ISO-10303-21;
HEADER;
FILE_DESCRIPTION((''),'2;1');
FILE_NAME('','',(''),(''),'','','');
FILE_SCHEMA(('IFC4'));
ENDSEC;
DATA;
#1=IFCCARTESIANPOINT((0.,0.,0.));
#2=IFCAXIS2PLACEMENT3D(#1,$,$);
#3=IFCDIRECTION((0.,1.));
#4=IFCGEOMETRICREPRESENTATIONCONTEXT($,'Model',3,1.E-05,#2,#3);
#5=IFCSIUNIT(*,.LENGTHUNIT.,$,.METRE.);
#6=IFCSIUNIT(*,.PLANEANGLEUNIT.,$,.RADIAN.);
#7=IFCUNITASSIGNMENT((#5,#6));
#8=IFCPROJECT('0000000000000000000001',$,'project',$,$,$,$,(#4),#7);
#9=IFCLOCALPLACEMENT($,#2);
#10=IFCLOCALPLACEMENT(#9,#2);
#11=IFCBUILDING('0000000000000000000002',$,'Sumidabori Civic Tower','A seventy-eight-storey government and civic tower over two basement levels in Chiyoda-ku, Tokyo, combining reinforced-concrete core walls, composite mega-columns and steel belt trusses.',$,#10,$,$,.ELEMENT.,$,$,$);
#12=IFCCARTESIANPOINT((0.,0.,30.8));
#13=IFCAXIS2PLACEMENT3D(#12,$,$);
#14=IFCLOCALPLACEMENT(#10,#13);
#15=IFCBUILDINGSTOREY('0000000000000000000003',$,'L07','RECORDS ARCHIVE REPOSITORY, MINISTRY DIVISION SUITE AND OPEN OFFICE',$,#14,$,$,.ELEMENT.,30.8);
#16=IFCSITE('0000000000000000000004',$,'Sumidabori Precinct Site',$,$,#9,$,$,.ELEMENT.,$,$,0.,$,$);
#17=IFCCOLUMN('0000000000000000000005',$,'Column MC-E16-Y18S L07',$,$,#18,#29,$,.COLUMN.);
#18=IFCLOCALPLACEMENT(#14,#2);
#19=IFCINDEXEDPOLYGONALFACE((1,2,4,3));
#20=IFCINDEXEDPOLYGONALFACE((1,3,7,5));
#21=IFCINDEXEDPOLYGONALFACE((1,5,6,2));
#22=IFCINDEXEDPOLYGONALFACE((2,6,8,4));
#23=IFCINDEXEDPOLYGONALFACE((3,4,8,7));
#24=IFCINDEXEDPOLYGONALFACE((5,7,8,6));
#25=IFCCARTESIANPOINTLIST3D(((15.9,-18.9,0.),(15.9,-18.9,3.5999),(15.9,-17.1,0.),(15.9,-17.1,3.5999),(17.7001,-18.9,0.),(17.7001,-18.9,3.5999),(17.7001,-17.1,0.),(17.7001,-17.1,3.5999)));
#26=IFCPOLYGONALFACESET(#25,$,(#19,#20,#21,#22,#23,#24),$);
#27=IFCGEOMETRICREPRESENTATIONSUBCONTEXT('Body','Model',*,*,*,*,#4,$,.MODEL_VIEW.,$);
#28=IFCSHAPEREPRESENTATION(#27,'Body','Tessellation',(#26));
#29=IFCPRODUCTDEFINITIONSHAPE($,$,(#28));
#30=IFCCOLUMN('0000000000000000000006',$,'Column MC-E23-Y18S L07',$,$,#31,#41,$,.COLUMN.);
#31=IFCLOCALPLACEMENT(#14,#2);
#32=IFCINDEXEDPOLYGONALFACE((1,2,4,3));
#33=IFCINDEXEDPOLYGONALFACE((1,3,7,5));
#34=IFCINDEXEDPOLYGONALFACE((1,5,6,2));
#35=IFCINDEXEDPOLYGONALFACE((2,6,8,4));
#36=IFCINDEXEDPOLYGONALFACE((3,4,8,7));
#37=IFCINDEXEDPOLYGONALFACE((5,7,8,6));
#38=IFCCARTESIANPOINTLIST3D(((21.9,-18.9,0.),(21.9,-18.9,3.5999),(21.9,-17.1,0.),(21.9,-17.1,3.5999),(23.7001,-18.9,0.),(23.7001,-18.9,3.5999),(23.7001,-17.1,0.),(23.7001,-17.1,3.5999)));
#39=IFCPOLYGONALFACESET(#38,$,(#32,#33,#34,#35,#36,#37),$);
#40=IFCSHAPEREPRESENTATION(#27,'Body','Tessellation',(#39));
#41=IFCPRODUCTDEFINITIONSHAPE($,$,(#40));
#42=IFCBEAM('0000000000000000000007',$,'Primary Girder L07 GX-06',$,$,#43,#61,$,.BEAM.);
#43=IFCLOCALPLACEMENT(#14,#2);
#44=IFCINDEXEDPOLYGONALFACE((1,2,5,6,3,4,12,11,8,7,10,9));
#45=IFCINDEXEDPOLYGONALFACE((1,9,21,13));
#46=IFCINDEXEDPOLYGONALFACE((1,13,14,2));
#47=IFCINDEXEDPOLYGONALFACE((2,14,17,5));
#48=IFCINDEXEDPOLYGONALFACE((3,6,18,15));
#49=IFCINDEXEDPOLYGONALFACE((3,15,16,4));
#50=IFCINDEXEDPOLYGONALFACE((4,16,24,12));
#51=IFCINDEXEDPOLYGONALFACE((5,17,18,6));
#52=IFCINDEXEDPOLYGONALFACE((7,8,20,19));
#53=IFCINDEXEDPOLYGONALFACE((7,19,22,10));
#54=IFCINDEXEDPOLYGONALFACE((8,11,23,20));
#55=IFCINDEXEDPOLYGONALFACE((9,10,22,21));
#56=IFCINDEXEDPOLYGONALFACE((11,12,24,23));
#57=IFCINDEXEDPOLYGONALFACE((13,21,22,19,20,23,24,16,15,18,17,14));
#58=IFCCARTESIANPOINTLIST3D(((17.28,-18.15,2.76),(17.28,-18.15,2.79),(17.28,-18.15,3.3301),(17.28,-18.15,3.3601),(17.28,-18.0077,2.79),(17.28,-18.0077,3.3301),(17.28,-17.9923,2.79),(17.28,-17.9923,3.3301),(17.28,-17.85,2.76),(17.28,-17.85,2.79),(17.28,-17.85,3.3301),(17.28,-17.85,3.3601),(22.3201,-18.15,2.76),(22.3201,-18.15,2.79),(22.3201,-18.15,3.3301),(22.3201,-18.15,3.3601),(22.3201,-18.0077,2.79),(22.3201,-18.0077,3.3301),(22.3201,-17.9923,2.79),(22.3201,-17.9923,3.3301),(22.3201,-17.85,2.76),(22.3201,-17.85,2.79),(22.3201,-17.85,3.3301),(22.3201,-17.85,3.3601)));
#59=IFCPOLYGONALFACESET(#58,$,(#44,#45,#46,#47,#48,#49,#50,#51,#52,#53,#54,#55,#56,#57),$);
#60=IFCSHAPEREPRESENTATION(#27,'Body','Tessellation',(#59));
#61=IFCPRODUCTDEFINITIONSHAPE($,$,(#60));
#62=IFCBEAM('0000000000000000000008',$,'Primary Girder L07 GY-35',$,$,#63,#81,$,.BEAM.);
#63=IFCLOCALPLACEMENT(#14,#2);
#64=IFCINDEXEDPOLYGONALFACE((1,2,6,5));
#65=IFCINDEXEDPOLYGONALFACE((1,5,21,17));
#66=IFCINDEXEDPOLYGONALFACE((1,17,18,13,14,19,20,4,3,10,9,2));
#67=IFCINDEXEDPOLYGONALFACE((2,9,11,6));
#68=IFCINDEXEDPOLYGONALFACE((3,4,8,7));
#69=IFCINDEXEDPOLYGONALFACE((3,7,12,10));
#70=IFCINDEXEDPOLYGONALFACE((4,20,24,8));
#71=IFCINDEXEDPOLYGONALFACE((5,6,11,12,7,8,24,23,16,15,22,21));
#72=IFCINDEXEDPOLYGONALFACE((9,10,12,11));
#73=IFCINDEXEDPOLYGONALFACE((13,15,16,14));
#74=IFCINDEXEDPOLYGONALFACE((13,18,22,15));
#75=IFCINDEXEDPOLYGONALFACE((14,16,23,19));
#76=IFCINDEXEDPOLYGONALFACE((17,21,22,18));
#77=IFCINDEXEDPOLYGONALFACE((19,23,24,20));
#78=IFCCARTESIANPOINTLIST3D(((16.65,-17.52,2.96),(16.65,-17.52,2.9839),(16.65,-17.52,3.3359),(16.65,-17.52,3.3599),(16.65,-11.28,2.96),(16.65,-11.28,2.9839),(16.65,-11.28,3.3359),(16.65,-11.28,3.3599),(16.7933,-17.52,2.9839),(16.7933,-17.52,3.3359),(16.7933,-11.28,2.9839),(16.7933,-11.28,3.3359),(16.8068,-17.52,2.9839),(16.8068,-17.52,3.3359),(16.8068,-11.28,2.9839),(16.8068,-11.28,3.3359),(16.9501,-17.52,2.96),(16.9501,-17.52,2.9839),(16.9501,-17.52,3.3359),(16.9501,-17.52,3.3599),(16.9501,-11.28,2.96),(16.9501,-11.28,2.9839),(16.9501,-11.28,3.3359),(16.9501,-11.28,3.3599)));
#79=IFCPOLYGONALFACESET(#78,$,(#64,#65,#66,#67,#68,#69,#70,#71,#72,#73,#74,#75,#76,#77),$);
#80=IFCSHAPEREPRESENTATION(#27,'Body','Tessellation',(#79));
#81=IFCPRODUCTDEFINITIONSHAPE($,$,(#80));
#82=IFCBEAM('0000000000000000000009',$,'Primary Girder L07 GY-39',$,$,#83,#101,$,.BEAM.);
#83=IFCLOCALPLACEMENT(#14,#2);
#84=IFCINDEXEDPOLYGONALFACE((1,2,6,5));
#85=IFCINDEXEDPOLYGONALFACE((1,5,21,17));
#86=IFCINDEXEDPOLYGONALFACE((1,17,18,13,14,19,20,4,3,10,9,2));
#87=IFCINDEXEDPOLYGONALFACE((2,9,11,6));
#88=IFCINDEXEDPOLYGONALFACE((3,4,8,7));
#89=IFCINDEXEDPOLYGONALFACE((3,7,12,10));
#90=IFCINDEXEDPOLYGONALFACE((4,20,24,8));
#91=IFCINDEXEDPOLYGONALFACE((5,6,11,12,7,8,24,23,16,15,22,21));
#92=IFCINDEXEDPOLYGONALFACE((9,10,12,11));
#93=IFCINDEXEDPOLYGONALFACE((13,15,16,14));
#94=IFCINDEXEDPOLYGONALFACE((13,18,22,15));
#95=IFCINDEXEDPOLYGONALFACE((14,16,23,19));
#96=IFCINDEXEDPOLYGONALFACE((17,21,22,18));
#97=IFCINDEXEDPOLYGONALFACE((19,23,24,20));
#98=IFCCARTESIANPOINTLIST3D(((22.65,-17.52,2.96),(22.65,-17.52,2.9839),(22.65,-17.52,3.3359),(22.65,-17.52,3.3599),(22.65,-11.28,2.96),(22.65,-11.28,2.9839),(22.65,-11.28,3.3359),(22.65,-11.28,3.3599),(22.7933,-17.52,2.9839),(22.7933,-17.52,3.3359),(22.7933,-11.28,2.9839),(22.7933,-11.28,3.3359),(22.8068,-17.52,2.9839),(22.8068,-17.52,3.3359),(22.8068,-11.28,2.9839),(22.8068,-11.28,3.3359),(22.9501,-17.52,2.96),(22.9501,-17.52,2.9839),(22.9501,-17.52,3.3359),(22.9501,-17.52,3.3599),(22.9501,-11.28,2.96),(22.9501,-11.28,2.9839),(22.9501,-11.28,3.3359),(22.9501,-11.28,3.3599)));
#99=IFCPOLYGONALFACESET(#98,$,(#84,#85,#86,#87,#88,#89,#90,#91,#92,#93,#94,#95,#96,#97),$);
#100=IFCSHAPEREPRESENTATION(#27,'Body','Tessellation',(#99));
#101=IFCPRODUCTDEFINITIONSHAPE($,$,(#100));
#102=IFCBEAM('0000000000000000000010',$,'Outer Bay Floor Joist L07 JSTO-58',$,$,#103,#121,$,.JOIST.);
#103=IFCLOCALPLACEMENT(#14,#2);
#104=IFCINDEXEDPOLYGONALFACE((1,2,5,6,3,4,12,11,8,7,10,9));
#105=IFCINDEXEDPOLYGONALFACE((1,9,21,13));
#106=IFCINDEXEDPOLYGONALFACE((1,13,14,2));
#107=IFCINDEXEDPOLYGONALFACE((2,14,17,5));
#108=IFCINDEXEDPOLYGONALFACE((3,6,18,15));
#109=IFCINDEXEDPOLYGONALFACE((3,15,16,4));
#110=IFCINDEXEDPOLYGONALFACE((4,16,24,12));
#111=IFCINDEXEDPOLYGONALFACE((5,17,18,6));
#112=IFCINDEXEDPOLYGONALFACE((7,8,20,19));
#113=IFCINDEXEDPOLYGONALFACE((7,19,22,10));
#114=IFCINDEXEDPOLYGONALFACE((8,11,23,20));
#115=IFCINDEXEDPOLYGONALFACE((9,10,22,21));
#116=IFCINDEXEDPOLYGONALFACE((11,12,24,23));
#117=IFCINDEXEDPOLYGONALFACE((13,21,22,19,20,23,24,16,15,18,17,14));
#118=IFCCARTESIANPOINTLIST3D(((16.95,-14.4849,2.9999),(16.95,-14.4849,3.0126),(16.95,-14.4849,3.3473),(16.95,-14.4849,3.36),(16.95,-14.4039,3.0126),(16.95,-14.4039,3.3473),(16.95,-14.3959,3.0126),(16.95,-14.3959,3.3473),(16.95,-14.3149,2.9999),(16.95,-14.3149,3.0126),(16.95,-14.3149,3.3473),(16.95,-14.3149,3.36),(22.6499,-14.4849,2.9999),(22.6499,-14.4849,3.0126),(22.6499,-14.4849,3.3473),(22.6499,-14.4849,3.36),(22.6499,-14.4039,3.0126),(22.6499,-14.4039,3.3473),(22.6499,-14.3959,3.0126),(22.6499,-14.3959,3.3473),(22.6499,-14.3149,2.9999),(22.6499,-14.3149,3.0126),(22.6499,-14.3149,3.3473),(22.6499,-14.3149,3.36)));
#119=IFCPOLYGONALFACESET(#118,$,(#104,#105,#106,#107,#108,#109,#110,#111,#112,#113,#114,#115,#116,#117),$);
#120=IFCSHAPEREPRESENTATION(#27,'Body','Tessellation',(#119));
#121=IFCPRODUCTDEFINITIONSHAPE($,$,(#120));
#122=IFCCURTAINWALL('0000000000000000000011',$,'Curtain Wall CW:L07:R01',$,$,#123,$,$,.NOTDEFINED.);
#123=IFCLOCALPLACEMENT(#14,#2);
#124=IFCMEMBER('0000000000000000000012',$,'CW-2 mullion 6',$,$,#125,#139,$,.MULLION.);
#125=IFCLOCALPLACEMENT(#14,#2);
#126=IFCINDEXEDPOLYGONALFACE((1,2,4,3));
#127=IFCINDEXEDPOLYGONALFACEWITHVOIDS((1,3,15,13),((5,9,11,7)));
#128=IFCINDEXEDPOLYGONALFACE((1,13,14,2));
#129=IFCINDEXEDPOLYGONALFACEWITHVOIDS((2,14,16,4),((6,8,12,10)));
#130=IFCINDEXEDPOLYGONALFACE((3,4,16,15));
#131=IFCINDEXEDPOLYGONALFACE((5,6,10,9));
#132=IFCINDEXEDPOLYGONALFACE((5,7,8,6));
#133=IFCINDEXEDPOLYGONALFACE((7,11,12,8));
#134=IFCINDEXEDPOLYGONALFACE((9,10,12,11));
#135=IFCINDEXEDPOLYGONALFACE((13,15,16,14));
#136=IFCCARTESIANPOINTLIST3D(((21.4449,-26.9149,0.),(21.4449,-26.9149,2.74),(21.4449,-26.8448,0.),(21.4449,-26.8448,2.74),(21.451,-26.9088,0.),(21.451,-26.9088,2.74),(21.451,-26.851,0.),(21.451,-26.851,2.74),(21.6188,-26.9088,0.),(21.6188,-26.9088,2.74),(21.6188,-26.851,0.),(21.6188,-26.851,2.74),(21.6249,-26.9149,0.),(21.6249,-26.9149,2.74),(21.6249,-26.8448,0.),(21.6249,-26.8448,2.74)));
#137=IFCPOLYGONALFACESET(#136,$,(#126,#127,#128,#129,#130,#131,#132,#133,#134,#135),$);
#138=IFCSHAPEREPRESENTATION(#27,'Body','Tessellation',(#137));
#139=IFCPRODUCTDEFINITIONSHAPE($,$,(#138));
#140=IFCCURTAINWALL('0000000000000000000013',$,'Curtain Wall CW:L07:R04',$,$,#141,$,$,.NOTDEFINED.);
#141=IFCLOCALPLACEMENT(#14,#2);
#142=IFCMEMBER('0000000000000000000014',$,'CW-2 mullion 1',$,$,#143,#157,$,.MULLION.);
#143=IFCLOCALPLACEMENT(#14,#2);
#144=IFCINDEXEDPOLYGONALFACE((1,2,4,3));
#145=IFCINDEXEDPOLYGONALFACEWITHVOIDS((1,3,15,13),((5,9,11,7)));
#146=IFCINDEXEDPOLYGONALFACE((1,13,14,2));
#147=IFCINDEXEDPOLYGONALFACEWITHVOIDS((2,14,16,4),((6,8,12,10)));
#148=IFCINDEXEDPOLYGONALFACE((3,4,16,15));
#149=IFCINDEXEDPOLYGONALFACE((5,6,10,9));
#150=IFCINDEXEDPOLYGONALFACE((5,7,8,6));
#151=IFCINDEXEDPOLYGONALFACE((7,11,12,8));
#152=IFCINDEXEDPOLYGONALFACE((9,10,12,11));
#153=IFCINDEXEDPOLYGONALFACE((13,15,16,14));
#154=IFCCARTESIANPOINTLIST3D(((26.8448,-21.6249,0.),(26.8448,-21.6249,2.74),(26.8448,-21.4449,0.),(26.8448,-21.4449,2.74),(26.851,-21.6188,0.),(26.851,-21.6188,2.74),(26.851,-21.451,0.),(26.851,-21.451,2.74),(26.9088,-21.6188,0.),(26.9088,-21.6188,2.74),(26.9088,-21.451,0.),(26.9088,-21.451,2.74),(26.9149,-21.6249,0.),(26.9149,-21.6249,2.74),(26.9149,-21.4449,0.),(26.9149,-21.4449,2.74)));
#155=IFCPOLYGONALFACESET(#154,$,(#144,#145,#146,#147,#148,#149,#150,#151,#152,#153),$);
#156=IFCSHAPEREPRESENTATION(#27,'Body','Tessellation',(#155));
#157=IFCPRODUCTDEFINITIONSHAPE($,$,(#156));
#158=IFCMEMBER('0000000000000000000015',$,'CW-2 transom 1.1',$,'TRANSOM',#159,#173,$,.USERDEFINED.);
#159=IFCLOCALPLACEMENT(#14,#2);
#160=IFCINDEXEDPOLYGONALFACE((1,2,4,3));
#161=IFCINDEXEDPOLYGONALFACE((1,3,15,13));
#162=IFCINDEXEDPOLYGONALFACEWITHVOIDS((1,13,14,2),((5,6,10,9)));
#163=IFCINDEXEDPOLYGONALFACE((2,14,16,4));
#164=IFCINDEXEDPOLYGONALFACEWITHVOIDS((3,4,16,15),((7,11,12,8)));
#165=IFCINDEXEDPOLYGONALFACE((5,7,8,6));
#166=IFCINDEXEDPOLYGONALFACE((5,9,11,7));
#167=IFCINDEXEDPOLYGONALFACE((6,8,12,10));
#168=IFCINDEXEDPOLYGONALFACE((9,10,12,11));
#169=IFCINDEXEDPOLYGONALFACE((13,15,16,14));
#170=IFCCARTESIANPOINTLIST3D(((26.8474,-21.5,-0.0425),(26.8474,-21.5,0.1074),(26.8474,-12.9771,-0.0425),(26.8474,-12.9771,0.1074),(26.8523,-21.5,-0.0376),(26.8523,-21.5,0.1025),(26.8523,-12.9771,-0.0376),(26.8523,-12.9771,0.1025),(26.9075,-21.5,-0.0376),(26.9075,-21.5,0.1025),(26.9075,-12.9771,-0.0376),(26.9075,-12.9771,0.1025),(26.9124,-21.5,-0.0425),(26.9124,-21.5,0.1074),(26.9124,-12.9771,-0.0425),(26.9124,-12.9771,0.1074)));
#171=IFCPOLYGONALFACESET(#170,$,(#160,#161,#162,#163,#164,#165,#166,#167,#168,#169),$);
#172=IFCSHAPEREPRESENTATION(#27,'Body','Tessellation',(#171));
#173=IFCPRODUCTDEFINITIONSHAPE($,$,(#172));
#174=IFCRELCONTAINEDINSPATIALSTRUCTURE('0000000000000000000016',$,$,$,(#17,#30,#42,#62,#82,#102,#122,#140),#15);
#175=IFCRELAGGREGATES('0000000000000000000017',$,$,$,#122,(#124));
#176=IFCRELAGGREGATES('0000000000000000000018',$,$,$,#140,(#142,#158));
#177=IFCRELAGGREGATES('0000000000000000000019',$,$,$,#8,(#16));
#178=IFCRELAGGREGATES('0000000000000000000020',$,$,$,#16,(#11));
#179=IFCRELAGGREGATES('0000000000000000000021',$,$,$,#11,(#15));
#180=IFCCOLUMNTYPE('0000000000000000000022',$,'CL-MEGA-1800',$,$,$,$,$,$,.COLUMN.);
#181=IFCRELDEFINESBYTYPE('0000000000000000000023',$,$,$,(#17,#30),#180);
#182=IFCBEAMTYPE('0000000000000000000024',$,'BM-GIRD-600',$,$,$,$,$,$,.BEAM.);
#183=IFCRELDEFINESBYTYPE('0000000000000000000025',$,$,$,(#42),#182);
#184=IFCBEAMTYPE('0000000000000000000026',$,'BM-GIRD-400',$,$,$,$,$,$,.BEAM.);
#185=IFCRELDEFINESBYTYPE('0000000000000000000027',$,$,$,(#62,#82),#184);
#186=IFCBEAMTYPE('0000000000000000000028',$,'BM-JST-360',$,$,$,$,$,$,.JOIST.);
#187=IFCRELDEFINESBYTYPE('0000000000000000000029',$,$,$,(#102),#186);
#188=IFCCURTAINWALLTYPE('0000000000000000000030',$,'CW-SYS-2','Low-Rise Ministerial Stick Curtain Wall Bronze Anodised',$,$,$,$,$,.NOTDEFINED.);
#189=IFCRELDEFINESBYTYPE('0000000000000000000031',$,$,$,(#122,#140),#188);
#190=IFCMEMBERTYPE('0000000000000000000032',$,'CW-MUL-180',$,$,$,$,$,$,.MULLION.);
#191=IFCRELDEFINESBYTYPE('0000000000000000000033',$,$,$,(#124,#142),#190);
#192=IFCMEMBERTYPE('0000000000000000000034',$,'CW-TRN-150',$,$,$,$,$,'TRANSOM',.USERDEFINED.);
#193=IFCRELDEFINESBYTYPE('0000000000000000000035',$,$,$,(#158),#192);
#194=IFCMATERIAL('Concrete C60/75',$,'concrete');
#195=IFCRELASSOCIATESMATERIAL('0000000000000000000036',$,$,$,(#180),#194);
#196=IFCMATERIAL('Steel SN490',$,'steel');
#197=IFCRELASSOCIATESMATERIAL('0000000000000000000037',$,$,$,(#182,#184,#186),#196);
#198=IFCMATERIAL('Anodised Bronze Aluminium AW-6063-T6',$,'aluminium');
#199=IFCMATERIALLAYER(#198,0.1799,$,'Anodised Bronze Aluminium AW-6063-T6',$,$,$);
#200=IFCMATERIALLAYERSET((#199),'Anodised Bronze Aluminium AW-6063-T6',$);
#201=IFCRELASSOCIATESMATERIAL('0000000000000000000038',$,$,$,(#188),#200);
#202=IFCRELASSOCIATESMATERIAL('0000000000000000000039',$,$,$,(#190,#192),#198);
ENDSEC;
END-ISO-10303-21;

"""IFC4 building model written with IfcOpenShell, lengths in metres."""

from ifc_helpers import new_model, si_unit, direction, frame, origin, origin_2d, place, context, subcontext, project, spatial, rectangle, hollow_rectangle, i_section, extrude, source, transform, mapped, material, layer, layer_set, material_profile, profile_set, type_object, element, aggregate, save


model = new_model("IFC4")

# Units and contexts
model_context = context("Model", 3, precision=1e-05, world=origin(), true_north=direction((0.0, 1.0)))
body_context = subcontext(model_context, "Body", "Model", "MODEL_VIEW")
ifc_project = project(units=[si_unit("LENGTHUNIT", "METRE"), si_unit("PLANEANGLEUNIT", "RADIAN")], contexts=[model_context])

# Site, building, storey
site_placement = place(None, origin())
site = spatial("IfcSite", under=ifc_project, at=site_placement, Name="Sumidabori Precinct Site", CompositionType="ELEMENT", RefElevation=0.0)
building_placement = place(site_placement, origin())
building = spatial("IfcBuilding", under=site, at=building_placement, Name="Sumidabori Civic Tower", Description="A seventy-eight-storey government and civic tower over two basement levels in Chiyoda-ku, Tokyo, combining reinforced-concrete core walls, composite mega-columns and steel belt trusses.", CompositionType="ELEMENT")
storey_placement = place(building_placement, frame((0.0, 0.0, 30.8)))
storey = spatial("IfcBuildingStorey", under=building, at=storey_placement, Name="L07", Description="RECORDS ARCHIVE REPOSITORY, MINISTRY DIVISION SUITE AND OPEN OFFICE", CompositionType="ELEMENT", Elevation=30.8)

# Columns
ifc_material_1 = material(Name="Concrete C60/75", Category="concrete")
ifc_material_profile_1 = material_profile(ifc_material_1, rectangle(XDim=1.8, YDim=1.8, at=origin_2d()), Name="RC 1800x1800")
ifc_profile_set_1 = profile_set([ifc_material_profile_1], Name="Concrete C60/75")
column_type = type_object("IfcColumnType", Name="CL-MEGA-1800", PredefinedType="COLUMN", material=ifc_profile_set_1)
shared_shape_1 = source(origin(), body_context, "Body", "SweptSolid", [
    extrude(rectangle(XDim=1.8, YDim=1.8, at=origin_2d()), origin(), (0.0, 0.0, 1.0), 3.5999),
])
for number, where, z_axis, x_axis, name in (
    (1, (16.8, -18.0, 0.0), (0.0, 0.0, 1.0), (1.0, 0.0, 0.0), "Column MC-E16-Y18S L07"),
    (2, (22.8, -18.0, 0.0), (0.0, 0.0, 1.0), (1.0, 0.0, 0.0), "Column MC-E23-Y18S L07"),
):
    element("IfcColumn", number, at=place(storey_placement, frame(where, z_axis=z_axis, x_axis=x_axis)), inside=storey, type_object=column_type, Name=name, PredefinedType="COLUMN", context=body_context, shape_type="MappedRepresentation", body=[
        mapped(shared_shape_1, transform((0.0, 0.0, 0.0), x_axis=(1.0, 0.0, 0.0), y_axis=(0.0, 1.0, 0.0), z_axis=(0.0, 0.0, 1.0), scale=1.0)),
    ])

# Beams
ifc_material_2 = material(Name="Steel SN490", Category="steel")
ifc_material_profile_2 = material_profile(ifc_material_2, i_section(OverallWidth=0.3, OverallDepth=0.6001, WebThickness=0.0154, FlangeThickness=0.03, at=origin_2d()), Name="HE 600 B")
ifc_profile_set_2 = profile_set([ifc_material_profile_2], Name="Steel SN490")
beam_type_1 = type_object("IfcBeamType", Name="BM-GIRD-600", PredefinedType="BEAM", material=ifc_profile_set_2)
shared_shape_2 = source(origin(), body_context, "Body", "SweptSolid", [
    extrude(i_section(OverallWidth=0.3, OverallDepth=0.6001, WebThickness=0.0154, FlangeThickness=0.03, at=origin_2d()), origin(), (0.0, 0.0, 1.0), 5.04),
])
beam_1_placement = place(storey_placement, frame((17.28, -18.0, 3.0601), z_axis=(1.0, 0.0, 0.0), x_axis=(0.0, 1.0, 0.0)))
element("IfcBeam", 3, at=beam_1_placement, inside=storey, type_object=beam_type_1, Name="Primary Girder L07 GX-06", PredefinedType="BEAM", context=body_context, shape_type="MappedRepresentation", body=[
    mapped(shared_shape_2, transform((0.0, 0.0, 0.0), x_axis=(1.0, 0.0, 0.0), y_axis=(0.0, 1.0, 0.0), z_axis=(0.0, 0.0, 1.0), scale=1.0)),
])
ifc_material_profile_3 = material_profile(ifc_material_2, i_section(OverallWidth=0.3, OverallDepth=0.3999, WebThickness=0.0134, FlangeThickness=0.0239, at=origin_2d()), Name="HE 400 B")
ifc_profile_set_3 = profile_set([ifc_material_profile_3], Name="Steel SN490")
beam_type_2 = type_object("IfcBeamType", Name="BM-GIRD-400", PredefinedType="BEAM", material=ifc_profile_set_3)
shared_shape_3 = source(origin(), body_context, "Body", "SweptSolid", [
    extrude(i_section(OverallWidth=0.3, OverallDepth=0.3999, WebThickness=0.0134, FlangeThickness=0.0239, at=origin_2d()), origin(), (0.0, 0.0, 1.0), 6.24),
])
for number, where, z_axis, x_axis, name in (
    (4, (16.8, -17.52, 3.1599), (0.0, 1.0, 0.0), (-1.0, 0.0, 0.0), "Primary Girder L07 GY-35"),
    (5, (22.8, -17.52, 3.1599), (0.0, 1.0, 0.0), (-1.0, 0.0, 0.0), "Primary Girder L07 GY-39"),
):
    element("IfcBeam", number, at=place(storey_placement, frame(where, z_axis=z_axis, x_axis=x_axis)), inside=storey, type_object=beam_type_2, Name=name, PredefinedType="BEAM", context=body_context, shape_type="MappedRepresentation", body=[
        mapped(shared_shape_3, transform((0.0, 0.0, 0.0), x_axis=(1.0, 0.0, 0.0), y_axis=(0.0, 1.0, 0.0), z_axis=(0.0, 0.0, 1.0), scale=1.0)),
    ])
ifc_material_profile_4 = material_profile(ifc_material_2, i_section(OverallWidth=0.1699, OverallDepth=0.3601, WebThickness=0.0081, FlangeThickness=0.0127, at=origin_2d()), Name="IPE 360")
ifc_profile_set_4 = profile_set([ifc_material_profile_4], Name="Steel SN490")
beam_type_3 = type_object("IfcBeamType", Name="BM-JST-360", PredefinedType="JOIST", material=ifc_profile_set_4)
shared_shape_4 = source(origin(), body_context, "Body", "SweptSolid", [
    extrude(i_section(OverallWidth=0.1699, OverallDepth=0.3601, WebThickness=0.0081, FlangeThickness=0.0127, at=origin_2d()), origin(), (0.0, 0.0, 1.0), 5.7),
])
beam_2_placement = place(storey_placement, frame((16.95, -14.3999, 3.1799), z_axis=(1.0, 0.0, 0.0), x_axis=(0.0, 1.0, 0.0)))
element("IfcBeam", 6, at=beam_2_placement, inside=storey, type_object=beam_type_3, Name="Outer Bay Floor Joist L07 JSTO-58", PredefinedType="JOIST", context=body_context, shape_type="MappedRepresentation", body=[
    mapped(shared_shape_4, transform((0.0, 0.0, 0.0), x_axis=(1.0, 0.0, 0.0), y_axis=(0.0, 1.0, 0.0), z_axis=(0.0, 0.0, 1.0), scale=1.0)),
])

# Curtain wall, member
ifc_material_3 = material(Name="Anodised Bronze Aluminium AW-6063-T6", Category="aluminium")
ifc_layer_1 = layer(ifc_material_3, 0.1799, Name="Anodised Bronze Aluminium AW-6063-T6")
ifc_layer_set_1 = layer_set([ifc_layer_1], Name="Anodised Bronze Aluminium AW-6063-T6")
curtain_wall_type = type_object("IfcCurtainWallType", Name="CW-SYS-2", Description="Low-Rise Ministerial Stick Curtain Wall Bronze Anodised", PredefinedType="NOTDEFINED", material=ifc_layer_set_1)
curtain_wall_1_placement = place(storey_placement, origin())
curtain_wall_1 = element("IfcCurtainWall", 7, at=curtain_wall_1_placement, inside=storey, type_object=curtain_wall_type, Name="Curtain Wall CW:L07:R01", PredefinedType="NOTDEFINED")
ifc_material_profile_5 = material_profile(ifc_material_3, hollow_rectangle(XDim=0.0701, YDim=0.1799, WallThickness=0.0061, at=origin_2d()), Name="ALU MULLION 180x70")
ifc_profile_set_5 = profile_set([ifc_material_profile_5], Name="Anodised Bronze Aluminium AW-6063-T6")
member_type_1 = type_object("IfcMemberType", Name="CW-MUL-180", PredefinedType="MULLION", material=ifc_profile_set_5)
shared_shape_5 = source(origin(), body_context, "Body", "SweptSolid", [
    extrude(hollow_rectangle(XDim=0.0701, YDim=0.1799, WallThickness=0.0061, at=origin_2d()), origin(), (0.0, 0.0, 1.0), 2.74),
])
member_1_placement = place(storey_placement, frame((21.5349, -26.8799, 0.0), z_axis=(0.0, 0.0, 1.0), x_axis=(0.0, 1.0, 0.0)))
member_1 = element("IfcMember", 8, at=member_1_placement, type_object=member_type_1, Name="CW-2 mullion 6", PredefinedType="MULLION", context=body_context, shape_type="MappedRepresentation", body=[
    mapped(shared_shape_5, transform((0.0, 0.0, 0.0), x_axis=(1.0, 0.0, 0.0), y_axis=(0.0, 1.0, 0.0), z_axis=(0.0, 0.0, 1.0), scale=1.0)),
])

# Curtain wall, members
curtain_wall_2_placement = place(storey_placement, origin())
curtain_wall_2 = element("IfcCurtainWall", 9, at=curtain_wall_2_placement, inside=storey, type_object=curtain_wall_type, Name="Curtain Wall CW:L07:R04", PredefinedType="NOTDEFINED")
member_2_placement = place(storey_placement, frame((26.8799, -21.5349, 0.0), z_axis=(0.0, 0.0, 1.0), x_axis=(-1.0, 0.0, 0.0)))
member_2 = element("IfcMember", 10, at=member_2_placement, type_object=member_type_1, Name="CW-2 mullion 1", PredefinedType="MULLION", context=body_context, shape_type="MappedRepresentation", body=[
    mapped(shared_shape_5, transform((0.0, 0.0, 0.0), x_axis=(1.0, 0.0, 0.0), y_axis=(0.0, 1.0, 0.0), z_axis=(0.0, 0.0, 1.0), scale=1.0)),
])
ifc_material_profile_6 = material_profile(ifc_material_3, hollow_rectangle(XDim=0.0649, YDim=0.1499, WallThickness=0.0049, at=origin_2d()), Name="ALU TRANSOM 150x65")
ifc_profile_set_6 = profile_set([ifc_material_profile_6], Name="Anodised Bronze Aluminium AW-6063-T6")
member_type_2 = type_object("IfcMemberType", Name="CW-TRN-150", ElementType="TRANSOM", PredefinedType="USERDEFINED", material=ifc_profile_set_6)
shared_shape_6 = source(origin(), body_context, "Body", "SweptSolid", [
    extrude(hollow_rectangle(XDim=0.0649, YDim=0.1499, WallThickness=0.0049, at=origin_2d()), origin(), (0.0, 0.0, 1.0), 8.5229),
])
member_3_placement = place(storey_placement, frame((26.8799, -21.5, 0.0325), z_axis=(0.0, 1.0, 0.0), x_axis=(-1.0, 0.0, 0.0)))
member_3 = element("IfcMember", 11, at=member_3_placement, type_object=member_type_2, Name="CW-2 transom 1.1", ObjectType="TRANSOM", PredefinedType="USERDEFINED", context=body_context, shape_type="MappedRepresentation", body=[
    mapped(shared_shape_6, transform((0.0, 0.0, 0.0), x_axis=(1.0, 0.0, 0.0), y_axis=(0.0, 1.0, 0.0), z_axis=(0.0, 0.0, 1.0), scale=1.0)),
])

aggregate(curtain_wall_1, [member_1])
aggregate(curtain_wall_2, [member_2, member_3])

save(model, "model.ifc")
